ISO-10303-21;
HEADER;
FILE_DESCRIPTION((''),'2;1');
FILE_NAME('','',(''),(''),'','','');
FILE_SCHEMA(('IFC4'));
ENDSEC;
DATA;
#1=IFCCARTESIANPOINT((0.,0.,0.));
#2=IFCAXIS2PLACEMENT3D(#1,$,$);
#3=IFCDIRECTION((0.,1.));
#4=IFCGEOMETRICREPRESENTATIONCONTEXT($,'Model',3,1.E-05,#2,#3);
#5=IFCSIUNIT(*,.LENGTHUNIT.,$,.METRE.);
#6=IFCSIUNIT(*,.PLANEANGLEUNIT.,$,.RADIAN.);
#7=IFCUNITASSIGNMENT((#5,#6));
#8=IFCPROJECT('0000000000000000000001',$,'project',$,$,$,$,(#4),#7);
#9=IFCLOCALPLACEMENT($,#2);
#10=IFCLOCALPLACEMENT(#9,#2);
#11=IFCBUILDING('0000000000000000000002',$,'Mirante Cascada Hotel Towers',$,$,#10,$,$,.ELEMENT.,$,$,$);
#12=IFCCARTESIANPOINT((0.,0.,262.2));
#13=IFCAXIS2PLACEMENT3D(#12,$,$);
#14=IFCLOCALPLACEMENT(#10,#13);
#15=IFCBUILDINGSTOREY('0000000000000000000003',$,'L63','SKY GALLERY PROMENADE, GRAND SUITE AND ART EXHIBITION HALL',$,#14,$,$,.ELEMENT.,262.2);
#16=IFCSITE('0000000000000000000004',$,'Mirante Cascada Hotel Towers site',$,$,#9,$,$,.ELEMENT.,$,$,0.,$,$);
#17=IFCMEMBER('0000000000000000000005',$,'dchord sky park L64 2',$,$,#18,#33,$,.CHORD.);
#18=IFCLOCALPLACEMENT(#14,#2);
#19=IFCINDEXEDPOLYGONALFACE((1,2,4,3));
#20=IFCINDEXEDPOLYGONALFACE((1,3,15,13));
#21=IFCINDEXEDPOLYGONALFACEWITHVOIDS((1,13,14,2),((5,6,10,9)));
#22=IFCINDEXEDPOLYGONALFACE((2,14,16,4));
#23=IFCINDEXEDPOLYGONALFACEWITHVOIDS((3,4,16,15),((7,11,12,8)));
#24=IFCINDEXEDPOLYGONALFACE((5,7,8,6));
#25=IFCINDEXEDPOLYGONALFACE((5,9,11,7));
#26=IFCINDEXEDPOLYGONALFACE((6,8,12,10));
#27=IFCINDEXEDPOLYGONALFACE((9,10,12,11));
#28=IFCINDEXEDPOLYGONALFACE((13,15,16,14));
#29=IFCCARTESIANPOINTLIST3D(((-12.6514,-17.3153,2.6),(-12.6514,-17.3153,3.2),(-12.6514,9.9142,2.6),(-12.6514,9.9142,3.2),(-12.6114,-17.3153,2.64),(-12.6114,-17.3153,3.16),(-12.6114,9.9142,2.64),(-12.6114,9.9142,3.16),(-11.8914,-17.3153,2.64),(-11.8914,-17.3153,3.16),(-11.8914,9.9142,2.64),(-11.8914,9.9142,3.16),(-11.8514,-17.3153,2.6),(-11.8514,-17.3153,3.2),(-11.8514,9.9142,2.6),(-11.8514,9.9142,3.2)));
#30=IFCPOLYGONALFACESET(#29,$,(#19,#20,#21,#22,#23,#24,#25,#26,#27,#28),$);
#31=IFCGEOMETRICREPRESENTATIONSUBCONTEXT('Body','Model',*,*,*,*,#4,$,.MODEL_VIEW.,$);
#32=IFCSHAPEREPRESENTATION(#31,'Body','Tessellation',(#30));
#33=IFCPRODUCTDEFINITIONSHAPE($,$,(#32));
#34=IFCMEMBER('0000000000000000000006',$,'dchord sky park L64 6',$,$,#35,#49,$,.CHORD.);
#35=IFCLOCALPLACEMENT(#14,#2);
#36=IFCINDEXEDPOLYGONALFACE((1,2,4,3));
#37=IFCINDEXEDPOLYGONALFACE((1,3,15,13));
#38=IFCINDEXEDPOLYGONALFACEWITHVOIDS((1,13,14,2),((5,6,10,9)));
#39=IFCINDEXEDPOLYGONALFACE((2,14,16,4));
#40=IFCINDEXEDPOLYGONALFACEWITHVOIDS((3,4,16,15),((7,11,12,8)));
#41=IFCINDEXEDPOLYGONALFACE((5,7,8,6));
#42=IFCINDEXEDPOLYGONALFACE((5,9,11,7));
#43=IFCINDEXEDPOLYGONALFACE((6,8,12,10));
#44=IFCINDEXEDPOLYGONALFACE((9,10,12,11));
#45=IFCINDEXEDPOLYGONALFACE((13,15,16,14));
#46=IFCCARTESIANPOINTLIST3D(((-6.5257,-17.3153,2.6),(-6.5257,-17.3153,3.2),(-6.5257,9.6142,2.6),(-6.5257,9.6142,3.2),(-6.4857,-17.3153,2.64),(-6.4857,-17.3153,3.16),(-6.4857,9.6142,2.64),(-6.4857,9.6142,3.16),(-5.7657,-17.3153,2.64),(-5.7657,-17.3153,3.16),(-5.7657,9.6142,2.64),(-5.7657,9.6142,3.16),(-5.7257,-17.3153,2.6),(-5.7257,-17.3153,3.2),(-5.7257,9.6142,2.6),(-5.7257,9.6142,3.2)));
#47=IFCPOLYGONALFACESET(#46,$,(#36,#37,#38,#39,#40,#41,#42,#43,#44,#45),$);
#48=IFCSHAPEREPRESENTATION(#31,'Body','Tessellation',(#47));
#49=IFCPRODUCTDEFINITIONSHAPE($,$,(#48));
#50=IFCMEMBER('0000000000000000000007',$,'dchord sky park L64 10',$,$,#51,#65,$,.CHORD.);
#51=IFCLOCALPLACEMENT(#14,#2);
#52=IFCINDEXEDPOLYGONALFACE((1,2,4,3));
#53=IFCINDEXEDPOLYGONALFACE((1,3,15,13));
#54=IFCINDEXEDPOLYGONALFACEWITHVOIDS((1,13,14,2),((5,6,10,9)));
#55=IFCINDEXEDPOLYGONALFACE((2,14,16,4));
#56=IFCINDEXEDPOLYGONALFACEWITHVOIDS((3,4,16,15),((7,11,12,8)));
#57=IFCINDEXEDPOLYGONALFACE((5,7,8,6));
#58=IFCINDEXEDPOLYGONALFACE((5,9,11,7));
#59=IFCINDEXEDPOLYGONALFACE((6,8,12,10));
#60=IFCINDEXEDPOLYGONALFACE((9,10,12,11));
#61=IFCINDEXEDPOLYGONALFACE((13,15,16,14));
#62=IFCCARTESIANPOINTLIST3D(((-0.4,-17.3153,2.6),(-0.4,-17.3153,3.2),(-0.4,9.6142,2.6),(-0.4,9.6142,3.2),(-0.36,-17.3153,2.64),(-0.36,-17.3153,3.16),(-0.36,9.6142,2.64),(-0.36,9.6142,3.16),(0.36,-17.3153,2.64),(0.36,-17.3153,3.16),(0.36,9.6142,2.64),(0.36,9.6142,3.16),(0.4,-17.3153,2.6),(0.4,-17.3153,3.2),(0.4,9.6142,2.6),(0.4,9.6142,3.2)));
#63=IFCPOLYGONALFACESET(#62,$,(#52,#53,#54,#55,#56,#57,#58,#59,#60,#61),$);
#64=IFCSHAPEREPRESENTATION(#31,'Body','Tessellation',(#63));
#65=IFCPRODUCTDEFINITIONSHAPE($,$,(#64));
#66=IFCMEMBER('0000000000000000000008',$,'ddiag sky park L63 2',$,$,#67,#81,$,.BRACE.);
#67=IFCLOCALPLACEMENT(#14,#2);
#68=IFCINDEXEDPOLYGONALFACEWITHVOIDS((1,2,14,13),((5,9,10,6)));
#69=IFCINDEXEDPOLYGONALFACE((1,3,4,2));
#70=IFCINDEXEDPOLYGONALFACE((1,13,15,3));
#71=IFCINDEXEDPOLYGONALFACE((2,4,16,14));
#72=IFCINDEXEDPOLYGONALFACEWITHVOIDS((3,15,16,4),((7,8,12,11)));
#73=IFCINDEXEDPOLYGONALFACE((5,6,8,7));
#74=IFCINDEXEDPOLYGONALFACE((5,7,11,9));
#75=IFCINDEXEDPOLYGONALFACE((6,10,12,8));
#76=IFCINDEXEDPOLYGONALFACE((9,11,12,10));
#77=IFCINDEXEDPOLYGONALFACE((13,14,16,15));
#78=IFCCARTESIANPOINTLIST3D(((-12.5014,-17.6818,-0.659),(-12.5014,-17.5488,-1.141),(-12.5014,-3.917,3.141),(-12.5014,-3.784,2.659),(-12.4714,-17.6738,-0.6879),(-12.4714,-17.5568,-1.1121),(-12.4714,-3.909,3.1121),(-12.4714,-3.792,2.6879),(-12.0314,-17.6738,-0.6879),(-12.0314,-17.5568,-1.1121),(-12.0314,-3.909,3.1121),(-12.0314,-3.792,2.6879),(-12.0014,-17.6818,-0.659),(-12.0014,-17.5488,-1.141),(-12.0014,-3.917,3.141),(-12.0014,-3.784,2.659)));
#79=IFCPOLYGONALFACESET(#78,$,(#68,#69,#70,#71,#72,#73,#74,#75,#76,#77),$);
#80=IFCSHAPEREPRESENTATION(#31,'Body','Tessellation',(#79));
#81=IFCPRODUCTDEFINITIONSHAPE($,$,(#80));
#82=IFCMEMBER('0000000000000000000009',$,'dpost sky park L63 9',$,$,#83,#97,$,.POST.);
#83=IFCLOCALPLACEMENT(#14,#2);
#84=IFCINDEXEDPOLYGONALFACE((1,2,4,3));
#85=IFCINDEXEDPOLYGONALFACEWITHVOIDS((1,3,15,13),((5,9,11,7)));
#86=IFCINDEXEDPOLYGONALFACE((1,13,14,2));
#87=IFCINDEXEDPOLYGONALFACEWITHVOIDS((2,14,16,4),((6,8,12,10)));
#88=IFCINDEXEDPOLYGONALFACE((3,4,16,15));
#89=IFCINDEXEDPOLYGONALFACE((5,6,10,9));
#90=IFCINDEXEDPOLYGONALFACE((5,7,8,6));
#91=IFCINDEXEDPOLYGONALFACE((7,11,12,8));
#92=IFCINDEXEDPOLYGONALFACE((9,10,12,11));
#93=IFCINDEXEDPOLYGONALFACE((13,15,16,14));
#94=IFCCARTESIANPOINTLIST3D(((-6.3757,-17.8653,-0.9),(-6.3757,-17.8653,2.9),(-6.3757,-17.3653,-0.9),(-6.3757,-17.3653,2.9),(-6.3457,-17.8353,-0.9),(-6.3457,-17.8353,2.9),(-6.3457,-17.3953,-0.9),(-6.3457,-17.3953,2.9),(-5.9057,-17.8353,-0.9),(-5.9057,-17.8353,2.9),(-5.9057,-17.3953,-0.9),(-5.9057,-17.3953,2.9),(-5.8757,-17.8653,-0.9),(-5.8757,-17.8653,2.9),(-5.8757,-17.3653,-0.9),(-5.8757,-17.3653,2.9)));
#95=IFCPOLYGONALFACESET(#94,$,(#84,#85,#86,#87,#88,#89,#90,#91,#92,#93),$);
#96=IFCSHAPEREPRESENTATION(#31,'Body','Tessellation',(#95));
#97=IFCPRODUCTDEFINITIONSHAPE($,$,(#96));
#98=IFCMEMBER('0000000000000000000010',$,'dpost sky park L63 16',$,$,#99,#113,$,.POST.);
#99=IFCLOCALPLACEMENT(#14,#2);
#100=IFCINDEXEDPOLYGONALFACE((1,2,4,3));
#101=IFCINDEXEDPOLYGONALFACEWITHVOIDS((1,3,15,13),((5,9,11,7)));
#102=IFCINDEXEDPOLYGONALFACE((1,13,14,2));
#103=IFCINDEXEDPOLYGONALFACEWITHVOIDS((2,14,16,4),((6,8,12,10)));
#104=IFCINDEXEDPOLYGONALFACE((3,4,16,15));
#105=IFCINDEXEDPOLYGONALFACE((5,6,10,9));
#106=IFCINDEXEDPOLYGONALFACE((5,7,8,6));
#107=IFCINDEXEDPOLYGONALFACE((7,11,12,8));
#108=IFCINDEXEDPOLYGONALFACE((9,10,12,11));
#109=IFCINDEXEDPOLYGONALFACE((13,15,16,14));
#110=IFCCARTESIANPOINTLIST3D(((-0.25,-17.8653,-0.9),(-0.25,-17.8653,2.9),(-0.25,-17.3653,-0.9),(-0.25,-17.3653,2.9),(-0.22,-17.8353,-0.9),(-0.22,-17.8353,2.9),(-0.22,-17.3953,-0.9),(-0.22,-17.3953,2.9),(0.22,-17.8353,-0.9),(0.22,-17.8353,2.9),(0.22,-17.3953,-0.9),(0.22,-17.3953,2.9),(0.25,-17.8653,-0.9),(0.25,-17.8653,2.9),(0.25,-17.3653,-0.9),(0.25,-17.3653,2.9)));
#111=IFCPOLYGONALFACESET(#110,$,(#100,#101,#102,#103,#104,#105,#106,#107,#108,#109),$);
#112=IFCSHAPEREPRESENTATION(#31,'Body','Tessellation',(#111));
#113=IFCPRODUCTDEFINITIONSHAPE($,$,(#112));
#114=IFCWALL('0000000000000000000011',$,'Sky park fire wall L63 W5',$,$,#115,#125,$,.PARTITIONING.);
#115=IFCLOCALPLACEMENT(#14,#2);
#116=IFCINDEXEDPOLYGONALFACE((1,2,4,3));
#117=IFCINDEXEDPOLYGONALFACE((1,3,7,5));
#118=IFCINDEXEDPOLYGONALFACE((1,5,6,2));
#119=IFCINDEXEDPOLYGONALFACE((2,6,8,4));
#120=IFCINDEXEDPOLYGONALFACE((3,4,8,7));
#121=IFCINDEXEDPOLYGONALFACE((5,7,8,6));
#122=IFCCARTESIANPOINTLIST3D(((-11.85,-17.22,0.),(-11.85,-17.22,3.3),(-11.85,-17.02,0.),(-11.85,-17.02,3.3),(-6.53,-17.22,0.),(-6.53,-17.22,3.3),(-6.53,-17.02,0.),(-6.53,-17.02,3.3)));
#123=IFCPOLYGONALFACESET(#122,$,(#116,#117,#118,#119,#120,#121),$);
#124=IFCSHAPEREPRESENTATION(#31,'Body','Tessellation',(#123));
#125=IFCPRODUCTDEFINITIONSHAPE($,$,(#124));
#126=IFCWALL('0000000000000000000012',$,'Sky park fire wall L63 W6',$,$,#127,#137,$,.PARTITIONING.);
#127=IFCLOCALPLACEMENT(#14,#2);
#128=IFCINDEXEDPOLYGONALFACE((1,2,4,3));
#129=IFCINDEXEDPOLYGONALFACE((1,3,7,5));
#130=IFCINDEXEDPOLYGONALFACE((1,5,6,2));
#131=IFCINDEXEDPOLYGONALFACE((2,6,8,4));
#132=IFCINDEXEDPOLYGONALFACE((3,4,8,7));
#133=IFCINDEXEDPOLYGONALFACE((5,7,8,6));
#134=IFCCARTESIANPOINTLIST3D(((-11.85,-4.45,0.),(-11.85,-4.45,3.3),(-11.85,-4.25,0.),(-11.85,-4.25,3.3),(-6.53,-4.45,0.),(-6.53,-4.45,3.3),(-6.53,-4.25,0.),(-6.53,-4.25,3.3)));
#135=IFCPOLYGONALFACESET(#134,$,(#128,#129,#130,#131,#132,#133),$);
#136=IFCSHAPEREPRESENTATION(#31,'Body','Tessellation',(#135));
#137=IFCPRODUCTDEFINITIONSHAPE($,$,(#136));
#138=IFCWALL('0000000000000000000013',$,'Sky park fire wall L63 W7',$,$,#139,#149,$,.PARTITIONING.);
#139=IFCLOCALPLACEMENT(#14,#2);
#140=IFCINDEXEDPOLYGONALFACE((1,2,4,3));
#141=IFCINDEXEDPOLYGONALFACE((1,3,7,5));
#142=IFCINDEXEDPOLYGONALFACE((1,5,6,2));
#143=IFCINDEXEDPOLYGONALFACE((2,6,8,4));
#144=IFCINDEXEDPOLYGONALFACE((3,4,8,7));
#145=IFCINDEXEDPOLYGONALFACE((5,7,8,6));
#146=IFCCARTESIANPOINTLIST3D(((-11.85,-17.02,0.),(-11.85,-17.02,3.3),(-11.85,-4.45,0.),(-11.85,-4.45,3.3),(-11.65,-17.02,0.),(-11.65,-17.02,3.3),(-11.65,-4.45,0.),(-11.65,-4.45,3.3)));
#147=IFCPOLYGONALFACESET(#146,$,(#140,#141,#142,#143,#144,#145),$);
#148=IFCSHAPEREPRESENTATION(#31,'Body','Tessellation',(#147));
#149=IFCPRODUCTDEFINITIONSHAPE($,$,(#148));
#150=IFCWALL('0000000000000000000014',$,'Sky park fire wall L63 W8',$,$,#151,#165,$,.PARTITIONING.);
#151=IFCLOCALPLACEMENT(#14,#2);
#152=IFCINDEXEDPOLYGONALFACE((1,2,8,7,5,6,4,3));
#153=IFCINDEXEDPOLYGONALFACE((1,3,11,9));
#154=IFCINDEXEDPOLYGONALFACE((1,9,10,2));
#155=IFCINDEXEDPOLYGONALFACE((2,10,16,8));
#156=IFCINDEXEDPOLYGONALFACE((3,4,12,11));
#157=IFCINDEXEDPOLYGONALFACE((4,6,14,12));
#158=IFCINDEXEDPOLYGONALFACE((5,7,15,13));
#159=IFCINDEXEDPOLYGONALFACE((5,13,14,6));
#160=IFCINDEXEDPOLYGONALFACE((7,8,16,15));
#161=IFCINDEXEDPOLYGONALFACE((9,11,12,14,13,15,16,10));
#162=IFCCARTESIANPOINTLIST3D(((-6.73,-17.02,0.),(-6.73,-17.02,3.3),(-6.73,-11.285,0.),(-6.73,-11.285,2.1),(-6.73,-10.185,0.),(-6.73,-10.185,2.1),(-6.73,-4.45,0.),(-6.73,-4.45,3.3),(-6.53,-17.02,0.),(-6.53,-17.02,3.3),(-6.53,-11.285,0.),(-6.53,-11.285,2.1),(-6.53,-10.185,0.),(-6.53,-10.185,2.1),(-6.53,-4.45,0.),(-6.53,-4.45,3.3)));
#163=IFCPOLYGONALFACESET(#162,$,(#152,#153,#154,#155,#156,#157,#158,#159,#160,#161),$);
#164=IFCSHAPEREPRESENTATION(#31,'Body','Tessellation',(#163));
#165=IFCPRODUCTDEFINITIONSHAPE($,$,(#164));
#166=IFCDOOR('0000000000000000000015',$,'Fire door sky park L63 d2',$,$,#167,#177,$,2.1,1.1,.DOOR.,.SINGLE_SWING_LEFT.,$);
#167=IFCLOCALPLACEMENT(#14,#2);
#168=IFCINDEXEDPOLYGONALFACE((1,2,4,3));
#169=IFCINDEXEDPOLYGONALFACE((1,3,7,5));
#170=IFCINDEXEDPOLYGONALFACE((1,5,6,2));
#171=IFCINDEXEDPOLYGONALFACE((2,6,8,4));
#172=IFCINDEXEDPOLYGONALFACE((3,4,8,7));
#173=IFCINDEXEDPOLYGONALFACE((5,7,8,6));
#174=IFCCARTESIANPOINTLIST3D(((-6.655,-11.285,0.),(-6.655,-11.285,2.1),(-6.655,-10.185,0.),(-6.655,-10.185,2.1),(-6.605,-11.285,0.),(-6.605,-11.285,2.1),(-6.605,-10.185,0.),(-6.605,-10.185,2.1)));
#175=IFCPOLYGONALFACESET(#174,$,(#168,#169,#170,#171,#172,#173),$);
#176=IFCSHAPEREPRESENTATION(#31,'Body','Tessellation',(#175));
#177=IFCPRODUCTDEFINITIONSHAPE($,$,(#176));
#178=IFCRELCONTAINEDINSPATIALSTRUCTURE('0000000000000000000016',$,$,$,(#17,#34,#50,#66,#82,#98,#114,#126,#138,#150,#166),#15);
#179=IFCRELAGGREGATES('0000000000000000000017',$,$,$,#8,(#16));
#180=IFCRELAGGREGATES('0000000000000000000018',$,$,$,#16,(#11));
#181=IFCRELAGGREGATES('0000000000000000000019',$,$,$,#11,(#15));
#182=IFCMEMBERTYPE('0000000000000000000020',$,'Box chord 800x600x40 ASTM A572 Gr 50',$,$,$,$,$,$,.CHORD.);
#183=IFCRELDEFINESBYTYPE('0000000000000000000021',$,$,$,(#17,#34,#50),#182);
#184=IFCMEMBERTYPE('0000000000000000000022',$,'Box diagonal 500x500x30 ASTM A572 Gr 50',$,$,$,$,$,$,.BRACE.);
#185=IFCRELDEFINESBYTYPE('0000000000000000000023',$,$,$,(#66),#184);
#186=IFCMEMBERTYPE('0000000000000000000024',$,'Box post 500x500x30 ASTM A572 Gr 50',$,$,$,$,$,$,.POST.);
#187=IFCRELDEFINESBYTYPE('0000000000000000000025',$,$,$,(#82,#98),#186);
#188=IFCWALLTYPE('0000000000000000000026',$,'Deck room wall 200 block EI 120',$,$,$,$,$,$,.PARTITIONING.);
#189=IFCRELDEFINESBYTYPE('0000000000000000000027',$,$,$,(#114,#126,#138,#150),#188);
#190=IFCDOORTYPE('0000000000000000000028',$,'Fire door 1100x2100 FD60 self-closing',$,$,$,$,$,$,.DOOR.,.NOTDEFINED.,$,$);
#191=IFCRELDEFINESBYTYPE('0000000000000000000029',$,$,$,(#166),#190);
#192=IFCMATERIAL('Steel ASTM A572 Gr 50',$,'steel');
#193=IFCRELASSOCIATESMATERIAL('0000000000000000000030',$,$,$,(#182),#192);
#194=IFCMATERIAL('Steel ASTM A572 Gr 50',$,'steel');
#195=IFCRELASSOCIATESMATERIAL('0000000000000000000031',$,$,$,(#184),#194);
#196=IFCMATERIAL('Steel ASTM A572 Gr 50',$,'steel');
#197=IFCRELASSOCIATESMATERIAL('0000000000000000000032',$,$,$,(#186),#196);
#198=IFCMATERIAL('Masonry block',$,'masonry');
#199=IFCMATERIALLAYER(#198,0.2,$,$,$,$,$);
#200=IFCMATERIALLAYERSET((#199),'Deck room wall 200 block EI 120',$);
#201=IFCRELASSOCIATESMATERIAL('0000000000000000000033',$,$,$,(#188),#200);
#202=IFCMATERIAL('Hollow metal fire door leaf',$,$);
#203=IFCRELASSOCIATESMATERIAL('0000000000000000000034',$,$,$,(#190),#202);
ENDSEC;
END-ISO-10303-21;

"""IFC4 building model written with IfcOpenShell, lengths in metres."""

from ifc_helpers import new_model, si_unit, direction, frame, frame_2d, origin, origin_2d, place, context, subcontext, project, spatial, rectangle, hollow_rectangle, extrude, material, layer, layer_set, material_profile, profile_set, type_object, element, fill, save


model = new_model("IFC4")

# Units and contexts
model_context = context("Model", 3, precision=1e-05, world=origin(), true_north=direction((0.0, 1.0)))
body_context = subcontext(model_context, "Body", "Model", "MODEL_VIEW")
ifc_project = project(units=[si_unit("LENGTHUNIT", "METRE"), si_unit("PLANEANGLEUNIT", "RADIAN")], contexts=[model_context])

# Site, building, storey
site_placement = place(None, origin())
site = spatial("IfcSite", under=ifc_project, at=site_placement, Name="Mirante Cascada Hotel Towers site", CompositionType="ELEMENT", RefElevation=0.0)
building_placement = place(site_placement, origin())
building = spatial("IfcBuilding", under=site, at=building_placement, Name="Mirante Cascada Hotel Towers", CompositionType="ELEMENT")
storey_placement = place(building_placement, frame((0.0, 0.0, 262.2)))
storey = spatial("IfcBuildingStorey", under=building, at=storey_placement, Name="L63", Description="SKY GALLERY PROMENADE, GRAND SUITE AND ART EXHIBITION HALL", CompositionType="ELEMENT", Elevation=262.2)

# Members
ifc_material_1 = material(Name="Steel ASTM A572 Gr 50", Category="steel")
ifc_material_profile_1 = material_profile(ifc_material_1, hollow_rectangle(XDim=0.6, YDim=0.8, WallThickness=0.04, at=origin_2d()), Name="Box chord 800x600x40 ASTM A572 Gr 50")
ifc_profile_set_1 = profile_set([ifc_material_profile_1], Name="Steel ASTM A572 Gr 50")
member_type_1 = type_object("IfcMemberType", Name="Box chord 800x600x40 ASTM A572 Gr 50", PredefinedType="CHORD", material=ifc_profile_set_1)
member_1_placement = place(storey_placement, frame((-12.2514, -17.3153, 2.9), z_axis=(0.0, 1.0, 0.0), x_axis=(0.0, 0.0, 1.0)))
element("IfcMember", 1, at=member_1_placement, inside=storey, type_object=member_type_1, Name="dchord sky park L64 2", PredefinedType="CHORD", context=body_context, shape_type="SweptSolid", body=[
    extrude(hollow_rectangle(XDim=0.6, YDim=0.8, WallThickness=0.04, at=origin_2d()), origin(), (0.0, 0.0, 1.0), 27.2295),
])
for number, where, z_axis, x_axis, name in (
    (2, (-6.1257, -17.3153, 2.9), (0.0, 1.0, 0.0), (0.0, 0.0, 1.0), "dchord sky park L64 6"),
    (3, (0.0, -17.3153, 2.9), (0.0, 1.0, 0.0), (0.0, 0.0, 1.0), "dchord sky park L64 10"),
):
    element("IfcMember", number, at=place(storey_placement, frame(where, z_axis=z_axis, x_axis=x_axis)), inside=storey, type_object=member_type_1, Name=name, PredefinedType="CHORD", context=body_context, shape_type="SweptSolid", body=[
        extrude(hollow_rectangle(XDim=0.6, YDim=0.8, WallThickness=0.04, at=origin_2d()), origin(), (0.0, 0.0, 1.0), 26.9295),
    ])
ifc_material_2 = material(Name="Steel ASTM A572 Gr 50", Category="steel")
ifc_material_profile_2 = material_profile(ifc_material_2, hollow_rectangle(XDim=0.5, YDim=0.5, WallThickness=0.03, at=origin_2d()), Name="Box diagonal 500x500x30 ASTM A572 Gr 50")
ifc_profile_set_2 = profile_set([ifc_material_profile_2], Name="Steel ASTM A572 Gr 50")
member_type_2 = type_object("IfcMemberType", Name="Box diagonal 500x500x30 ASTM A572 Gr 50", PredefinedType="BRACE", material=ifc_profile_set_2)
member_2_placement = place(storey_placement, frame((-12.2514, -17.6153, -0.9), z_axis=(0.0, 0.963942, 0.266112), x_axis=(-1.0, 0.0, 0.0)))
element("IfcMember", 4, at=member_2_placement, inside=storey, type_object=member_type_2, Name="ddiag sky park L63 2", PredefinedType="BRACE", context=body_context, shape_type="SweptSolid", body=[
    extrude(hollow_rectangle(XDim=0.5, YDim=0.5, WallThickness=0.03, at=origin_2d()), origin(), (0.0, 0.0, 1.0), 14.2797),
])
ifc_material_3 = material(Name="Steel ASTM A572 Gr 50", Category="steel")
ifc_material_profile_3 = material_profile(ifc_material_3, hollow_rectangle(XDim=0.5, YDim=0.5, WallThickness=0.03, at=origin_2d()), Name="Box post 500x500x30 ASTM A572 Gr 50")
ifc_profile_set_3 = profile_set([ifc_material_profile_3], Name="Steel ASTM A572 Gr 50")
member_type_3 = type_object("IfcMemberType", Name="Box post 500x500x30 ASTM A572 Gr 50", PredefinedType="POST", material=ifc_profile_set_3)
for number, where, z_axis, x_axis, name in (
    (5, (-6.1257, -17.6153, -0.9), (0.0, 0.0, 1.0), (1.0, 0.0, 0.0), "dpost sky park L63 9"),
    (6, (0.0, -17.6153, -0.9), (0.0, 0.0, 1.0), (1.0, 0.0, 0.0), "dpost sky park L63 16"),
):
    element("IfcMember", number, at=place(storey_placement, frame(where, z_axis=z_axis, x_axis=x_axis)), inside=storey, type_object=member_type_3, Name=name, PredefinedType="POST", context=body_context, shape_type="SweptSolid", body=[
        extrude(hollow_rectangle(XDim=0.5, YDim=0.5, WallThickness=0.03, at=origin_2d()), origin(), (0.0, 0.0, 1.0), 3.8),
    ])

# Walls
ifc_material_4 = material(Name="Masonry block", Category="masonry")
ifc_layer_1 = layer(ifc_material_4, 0.2)
ifc_layer_set_1 = layer_set([ifc_layer_1], Name="Deck room wall 200 block EI 120")
wall_type_1 = type_object("IfcWallType", Name="Deck room wall 200 block EI 120", PredefinedType="PARTITIONING", material=ifc_layer_set_1)
for number, where, z_axis, x_axis, name in (
    (7, (-11.85, -17.12, 0.0), (0.0, 0.0, 1.0), (1.0, 0.0, 0.0), "Sky park fire wall L63 W5"),
    (8, (-11.85, -4.35, 0.0), (0.0, 0.0, 1.0), (1.0, 0.0, 0.0), "Sky park fire wall L63 W6"),
):
    element("IfcWall", number, at=place(storey_placement, frame(where, z_axis=z_axis, x_axis=x_axis)), inside=storey, type_object=wall_type_1, Name=name, PredefinedType="PARTITIONING", context=body_context, shape_type="SweptSolid", body=[
        extrude(rectangle(XDim=5.32, YDim=0.2, at=frame_2d((2.66, 0.0))), origin(), (0.0, 0.0, 1.0), 3.3),
    ])
wall_1_placement = place(storey_placement, frame((-11.75, -17.02, 0.0), z_axis=(0.0, 0.0, 1.0), x_axis=(0.0, 1.0, 0.0)))
element("IfcWall", 9, at=wall_1_placement, inside=storey, type_object=wall_type_1, Name="Sky park fire wall L63 W7", PredefinedType="PARTITIONING", context=body_context, shape_type="SweptSolid", body=[
    extrude(rectangle(XDim=12.57, YDim=0.2, at=frame_2d((6.285, 0.0))), origin(), (0.0, 0.0, 1.0), 3.3),
])

# Wall, opening, door
wall_2_placement = place(storey_placement, frame((-6.63, -17.02, 0.0), z_axis=(0.0, 0.0, 1.0), x_axis=(0.0, 1.0, 0.0)))
wall_2 = element("IfcWall", 10, at=wall_2_placement, inside=storey, type_object=wall_type_1, Name="Sky park fire wall L63 W8", PredefinedType="PARTITIONING", context=body_context, shape_type="SweptSolid", body=[
    extrude(rectangle(XDim=12.57, YDim=0.2, at=frame_2d((6.285, 0.0))), origin(), (0.0, 0.0, 1.0), 3.3),
])
opening_1_placement = place(wall_2_placement, frame((5.735, 0.0, 0.0)))
opening_1 = element("IfcOpeningElement", 11, at=opening_1_placement, cuts=wall_2, PredefinedType="OPENING", context=body_context, shape_type="SweptSolid", body=[
    extrude(rectangle(XDim=1.1, YDim=2.1, at=frame_2d((0.55, 1.05))), frame((0.0, 0.1, 0.0), z_axis=(0.0, -1.0, 0.0), x_axis=(1.0, 0.0, 0.0)), (0.0, 0.0, 1.0), 0.2),
])
ifc_material_5 = material(Name="Hollow metal fire door leaf")
door_type_1 = type_object("IfcDoorType", Name="Fire door 1100x2100 FD60 self-closing", OperationType="NOTDEFINED", PredefinedType="DOOR", material=ifc_material_5)
door_1_placement = place(opening_1_placement, origin())
door_1 = element("IfcDoor", 12, at=door_1_placement, inside=storey, type_object=door_type_1, Name="Fire door sky park L63 d2", OperationType="SINGLE_SWING_LEFT", OverallHeight=2.1, OverallWidth=1.1, PredefinedType="DOOR", context=body_context, shape_type="SweptSolid", body=[
    extrude(rectangle(XDim=1.1, YDim=2.1, at=frame_2d((0.55, 1.05))), frame((0.0, 0.025, 0.0), z_axis=(0.0, -1.0, 0.0), x_axis=(1.0, 0.0, 0.0)), (0.0, 0.0, 1.0), 0.05),
])
fill(opening_1, door_1)

save(model, "model.ifc")
